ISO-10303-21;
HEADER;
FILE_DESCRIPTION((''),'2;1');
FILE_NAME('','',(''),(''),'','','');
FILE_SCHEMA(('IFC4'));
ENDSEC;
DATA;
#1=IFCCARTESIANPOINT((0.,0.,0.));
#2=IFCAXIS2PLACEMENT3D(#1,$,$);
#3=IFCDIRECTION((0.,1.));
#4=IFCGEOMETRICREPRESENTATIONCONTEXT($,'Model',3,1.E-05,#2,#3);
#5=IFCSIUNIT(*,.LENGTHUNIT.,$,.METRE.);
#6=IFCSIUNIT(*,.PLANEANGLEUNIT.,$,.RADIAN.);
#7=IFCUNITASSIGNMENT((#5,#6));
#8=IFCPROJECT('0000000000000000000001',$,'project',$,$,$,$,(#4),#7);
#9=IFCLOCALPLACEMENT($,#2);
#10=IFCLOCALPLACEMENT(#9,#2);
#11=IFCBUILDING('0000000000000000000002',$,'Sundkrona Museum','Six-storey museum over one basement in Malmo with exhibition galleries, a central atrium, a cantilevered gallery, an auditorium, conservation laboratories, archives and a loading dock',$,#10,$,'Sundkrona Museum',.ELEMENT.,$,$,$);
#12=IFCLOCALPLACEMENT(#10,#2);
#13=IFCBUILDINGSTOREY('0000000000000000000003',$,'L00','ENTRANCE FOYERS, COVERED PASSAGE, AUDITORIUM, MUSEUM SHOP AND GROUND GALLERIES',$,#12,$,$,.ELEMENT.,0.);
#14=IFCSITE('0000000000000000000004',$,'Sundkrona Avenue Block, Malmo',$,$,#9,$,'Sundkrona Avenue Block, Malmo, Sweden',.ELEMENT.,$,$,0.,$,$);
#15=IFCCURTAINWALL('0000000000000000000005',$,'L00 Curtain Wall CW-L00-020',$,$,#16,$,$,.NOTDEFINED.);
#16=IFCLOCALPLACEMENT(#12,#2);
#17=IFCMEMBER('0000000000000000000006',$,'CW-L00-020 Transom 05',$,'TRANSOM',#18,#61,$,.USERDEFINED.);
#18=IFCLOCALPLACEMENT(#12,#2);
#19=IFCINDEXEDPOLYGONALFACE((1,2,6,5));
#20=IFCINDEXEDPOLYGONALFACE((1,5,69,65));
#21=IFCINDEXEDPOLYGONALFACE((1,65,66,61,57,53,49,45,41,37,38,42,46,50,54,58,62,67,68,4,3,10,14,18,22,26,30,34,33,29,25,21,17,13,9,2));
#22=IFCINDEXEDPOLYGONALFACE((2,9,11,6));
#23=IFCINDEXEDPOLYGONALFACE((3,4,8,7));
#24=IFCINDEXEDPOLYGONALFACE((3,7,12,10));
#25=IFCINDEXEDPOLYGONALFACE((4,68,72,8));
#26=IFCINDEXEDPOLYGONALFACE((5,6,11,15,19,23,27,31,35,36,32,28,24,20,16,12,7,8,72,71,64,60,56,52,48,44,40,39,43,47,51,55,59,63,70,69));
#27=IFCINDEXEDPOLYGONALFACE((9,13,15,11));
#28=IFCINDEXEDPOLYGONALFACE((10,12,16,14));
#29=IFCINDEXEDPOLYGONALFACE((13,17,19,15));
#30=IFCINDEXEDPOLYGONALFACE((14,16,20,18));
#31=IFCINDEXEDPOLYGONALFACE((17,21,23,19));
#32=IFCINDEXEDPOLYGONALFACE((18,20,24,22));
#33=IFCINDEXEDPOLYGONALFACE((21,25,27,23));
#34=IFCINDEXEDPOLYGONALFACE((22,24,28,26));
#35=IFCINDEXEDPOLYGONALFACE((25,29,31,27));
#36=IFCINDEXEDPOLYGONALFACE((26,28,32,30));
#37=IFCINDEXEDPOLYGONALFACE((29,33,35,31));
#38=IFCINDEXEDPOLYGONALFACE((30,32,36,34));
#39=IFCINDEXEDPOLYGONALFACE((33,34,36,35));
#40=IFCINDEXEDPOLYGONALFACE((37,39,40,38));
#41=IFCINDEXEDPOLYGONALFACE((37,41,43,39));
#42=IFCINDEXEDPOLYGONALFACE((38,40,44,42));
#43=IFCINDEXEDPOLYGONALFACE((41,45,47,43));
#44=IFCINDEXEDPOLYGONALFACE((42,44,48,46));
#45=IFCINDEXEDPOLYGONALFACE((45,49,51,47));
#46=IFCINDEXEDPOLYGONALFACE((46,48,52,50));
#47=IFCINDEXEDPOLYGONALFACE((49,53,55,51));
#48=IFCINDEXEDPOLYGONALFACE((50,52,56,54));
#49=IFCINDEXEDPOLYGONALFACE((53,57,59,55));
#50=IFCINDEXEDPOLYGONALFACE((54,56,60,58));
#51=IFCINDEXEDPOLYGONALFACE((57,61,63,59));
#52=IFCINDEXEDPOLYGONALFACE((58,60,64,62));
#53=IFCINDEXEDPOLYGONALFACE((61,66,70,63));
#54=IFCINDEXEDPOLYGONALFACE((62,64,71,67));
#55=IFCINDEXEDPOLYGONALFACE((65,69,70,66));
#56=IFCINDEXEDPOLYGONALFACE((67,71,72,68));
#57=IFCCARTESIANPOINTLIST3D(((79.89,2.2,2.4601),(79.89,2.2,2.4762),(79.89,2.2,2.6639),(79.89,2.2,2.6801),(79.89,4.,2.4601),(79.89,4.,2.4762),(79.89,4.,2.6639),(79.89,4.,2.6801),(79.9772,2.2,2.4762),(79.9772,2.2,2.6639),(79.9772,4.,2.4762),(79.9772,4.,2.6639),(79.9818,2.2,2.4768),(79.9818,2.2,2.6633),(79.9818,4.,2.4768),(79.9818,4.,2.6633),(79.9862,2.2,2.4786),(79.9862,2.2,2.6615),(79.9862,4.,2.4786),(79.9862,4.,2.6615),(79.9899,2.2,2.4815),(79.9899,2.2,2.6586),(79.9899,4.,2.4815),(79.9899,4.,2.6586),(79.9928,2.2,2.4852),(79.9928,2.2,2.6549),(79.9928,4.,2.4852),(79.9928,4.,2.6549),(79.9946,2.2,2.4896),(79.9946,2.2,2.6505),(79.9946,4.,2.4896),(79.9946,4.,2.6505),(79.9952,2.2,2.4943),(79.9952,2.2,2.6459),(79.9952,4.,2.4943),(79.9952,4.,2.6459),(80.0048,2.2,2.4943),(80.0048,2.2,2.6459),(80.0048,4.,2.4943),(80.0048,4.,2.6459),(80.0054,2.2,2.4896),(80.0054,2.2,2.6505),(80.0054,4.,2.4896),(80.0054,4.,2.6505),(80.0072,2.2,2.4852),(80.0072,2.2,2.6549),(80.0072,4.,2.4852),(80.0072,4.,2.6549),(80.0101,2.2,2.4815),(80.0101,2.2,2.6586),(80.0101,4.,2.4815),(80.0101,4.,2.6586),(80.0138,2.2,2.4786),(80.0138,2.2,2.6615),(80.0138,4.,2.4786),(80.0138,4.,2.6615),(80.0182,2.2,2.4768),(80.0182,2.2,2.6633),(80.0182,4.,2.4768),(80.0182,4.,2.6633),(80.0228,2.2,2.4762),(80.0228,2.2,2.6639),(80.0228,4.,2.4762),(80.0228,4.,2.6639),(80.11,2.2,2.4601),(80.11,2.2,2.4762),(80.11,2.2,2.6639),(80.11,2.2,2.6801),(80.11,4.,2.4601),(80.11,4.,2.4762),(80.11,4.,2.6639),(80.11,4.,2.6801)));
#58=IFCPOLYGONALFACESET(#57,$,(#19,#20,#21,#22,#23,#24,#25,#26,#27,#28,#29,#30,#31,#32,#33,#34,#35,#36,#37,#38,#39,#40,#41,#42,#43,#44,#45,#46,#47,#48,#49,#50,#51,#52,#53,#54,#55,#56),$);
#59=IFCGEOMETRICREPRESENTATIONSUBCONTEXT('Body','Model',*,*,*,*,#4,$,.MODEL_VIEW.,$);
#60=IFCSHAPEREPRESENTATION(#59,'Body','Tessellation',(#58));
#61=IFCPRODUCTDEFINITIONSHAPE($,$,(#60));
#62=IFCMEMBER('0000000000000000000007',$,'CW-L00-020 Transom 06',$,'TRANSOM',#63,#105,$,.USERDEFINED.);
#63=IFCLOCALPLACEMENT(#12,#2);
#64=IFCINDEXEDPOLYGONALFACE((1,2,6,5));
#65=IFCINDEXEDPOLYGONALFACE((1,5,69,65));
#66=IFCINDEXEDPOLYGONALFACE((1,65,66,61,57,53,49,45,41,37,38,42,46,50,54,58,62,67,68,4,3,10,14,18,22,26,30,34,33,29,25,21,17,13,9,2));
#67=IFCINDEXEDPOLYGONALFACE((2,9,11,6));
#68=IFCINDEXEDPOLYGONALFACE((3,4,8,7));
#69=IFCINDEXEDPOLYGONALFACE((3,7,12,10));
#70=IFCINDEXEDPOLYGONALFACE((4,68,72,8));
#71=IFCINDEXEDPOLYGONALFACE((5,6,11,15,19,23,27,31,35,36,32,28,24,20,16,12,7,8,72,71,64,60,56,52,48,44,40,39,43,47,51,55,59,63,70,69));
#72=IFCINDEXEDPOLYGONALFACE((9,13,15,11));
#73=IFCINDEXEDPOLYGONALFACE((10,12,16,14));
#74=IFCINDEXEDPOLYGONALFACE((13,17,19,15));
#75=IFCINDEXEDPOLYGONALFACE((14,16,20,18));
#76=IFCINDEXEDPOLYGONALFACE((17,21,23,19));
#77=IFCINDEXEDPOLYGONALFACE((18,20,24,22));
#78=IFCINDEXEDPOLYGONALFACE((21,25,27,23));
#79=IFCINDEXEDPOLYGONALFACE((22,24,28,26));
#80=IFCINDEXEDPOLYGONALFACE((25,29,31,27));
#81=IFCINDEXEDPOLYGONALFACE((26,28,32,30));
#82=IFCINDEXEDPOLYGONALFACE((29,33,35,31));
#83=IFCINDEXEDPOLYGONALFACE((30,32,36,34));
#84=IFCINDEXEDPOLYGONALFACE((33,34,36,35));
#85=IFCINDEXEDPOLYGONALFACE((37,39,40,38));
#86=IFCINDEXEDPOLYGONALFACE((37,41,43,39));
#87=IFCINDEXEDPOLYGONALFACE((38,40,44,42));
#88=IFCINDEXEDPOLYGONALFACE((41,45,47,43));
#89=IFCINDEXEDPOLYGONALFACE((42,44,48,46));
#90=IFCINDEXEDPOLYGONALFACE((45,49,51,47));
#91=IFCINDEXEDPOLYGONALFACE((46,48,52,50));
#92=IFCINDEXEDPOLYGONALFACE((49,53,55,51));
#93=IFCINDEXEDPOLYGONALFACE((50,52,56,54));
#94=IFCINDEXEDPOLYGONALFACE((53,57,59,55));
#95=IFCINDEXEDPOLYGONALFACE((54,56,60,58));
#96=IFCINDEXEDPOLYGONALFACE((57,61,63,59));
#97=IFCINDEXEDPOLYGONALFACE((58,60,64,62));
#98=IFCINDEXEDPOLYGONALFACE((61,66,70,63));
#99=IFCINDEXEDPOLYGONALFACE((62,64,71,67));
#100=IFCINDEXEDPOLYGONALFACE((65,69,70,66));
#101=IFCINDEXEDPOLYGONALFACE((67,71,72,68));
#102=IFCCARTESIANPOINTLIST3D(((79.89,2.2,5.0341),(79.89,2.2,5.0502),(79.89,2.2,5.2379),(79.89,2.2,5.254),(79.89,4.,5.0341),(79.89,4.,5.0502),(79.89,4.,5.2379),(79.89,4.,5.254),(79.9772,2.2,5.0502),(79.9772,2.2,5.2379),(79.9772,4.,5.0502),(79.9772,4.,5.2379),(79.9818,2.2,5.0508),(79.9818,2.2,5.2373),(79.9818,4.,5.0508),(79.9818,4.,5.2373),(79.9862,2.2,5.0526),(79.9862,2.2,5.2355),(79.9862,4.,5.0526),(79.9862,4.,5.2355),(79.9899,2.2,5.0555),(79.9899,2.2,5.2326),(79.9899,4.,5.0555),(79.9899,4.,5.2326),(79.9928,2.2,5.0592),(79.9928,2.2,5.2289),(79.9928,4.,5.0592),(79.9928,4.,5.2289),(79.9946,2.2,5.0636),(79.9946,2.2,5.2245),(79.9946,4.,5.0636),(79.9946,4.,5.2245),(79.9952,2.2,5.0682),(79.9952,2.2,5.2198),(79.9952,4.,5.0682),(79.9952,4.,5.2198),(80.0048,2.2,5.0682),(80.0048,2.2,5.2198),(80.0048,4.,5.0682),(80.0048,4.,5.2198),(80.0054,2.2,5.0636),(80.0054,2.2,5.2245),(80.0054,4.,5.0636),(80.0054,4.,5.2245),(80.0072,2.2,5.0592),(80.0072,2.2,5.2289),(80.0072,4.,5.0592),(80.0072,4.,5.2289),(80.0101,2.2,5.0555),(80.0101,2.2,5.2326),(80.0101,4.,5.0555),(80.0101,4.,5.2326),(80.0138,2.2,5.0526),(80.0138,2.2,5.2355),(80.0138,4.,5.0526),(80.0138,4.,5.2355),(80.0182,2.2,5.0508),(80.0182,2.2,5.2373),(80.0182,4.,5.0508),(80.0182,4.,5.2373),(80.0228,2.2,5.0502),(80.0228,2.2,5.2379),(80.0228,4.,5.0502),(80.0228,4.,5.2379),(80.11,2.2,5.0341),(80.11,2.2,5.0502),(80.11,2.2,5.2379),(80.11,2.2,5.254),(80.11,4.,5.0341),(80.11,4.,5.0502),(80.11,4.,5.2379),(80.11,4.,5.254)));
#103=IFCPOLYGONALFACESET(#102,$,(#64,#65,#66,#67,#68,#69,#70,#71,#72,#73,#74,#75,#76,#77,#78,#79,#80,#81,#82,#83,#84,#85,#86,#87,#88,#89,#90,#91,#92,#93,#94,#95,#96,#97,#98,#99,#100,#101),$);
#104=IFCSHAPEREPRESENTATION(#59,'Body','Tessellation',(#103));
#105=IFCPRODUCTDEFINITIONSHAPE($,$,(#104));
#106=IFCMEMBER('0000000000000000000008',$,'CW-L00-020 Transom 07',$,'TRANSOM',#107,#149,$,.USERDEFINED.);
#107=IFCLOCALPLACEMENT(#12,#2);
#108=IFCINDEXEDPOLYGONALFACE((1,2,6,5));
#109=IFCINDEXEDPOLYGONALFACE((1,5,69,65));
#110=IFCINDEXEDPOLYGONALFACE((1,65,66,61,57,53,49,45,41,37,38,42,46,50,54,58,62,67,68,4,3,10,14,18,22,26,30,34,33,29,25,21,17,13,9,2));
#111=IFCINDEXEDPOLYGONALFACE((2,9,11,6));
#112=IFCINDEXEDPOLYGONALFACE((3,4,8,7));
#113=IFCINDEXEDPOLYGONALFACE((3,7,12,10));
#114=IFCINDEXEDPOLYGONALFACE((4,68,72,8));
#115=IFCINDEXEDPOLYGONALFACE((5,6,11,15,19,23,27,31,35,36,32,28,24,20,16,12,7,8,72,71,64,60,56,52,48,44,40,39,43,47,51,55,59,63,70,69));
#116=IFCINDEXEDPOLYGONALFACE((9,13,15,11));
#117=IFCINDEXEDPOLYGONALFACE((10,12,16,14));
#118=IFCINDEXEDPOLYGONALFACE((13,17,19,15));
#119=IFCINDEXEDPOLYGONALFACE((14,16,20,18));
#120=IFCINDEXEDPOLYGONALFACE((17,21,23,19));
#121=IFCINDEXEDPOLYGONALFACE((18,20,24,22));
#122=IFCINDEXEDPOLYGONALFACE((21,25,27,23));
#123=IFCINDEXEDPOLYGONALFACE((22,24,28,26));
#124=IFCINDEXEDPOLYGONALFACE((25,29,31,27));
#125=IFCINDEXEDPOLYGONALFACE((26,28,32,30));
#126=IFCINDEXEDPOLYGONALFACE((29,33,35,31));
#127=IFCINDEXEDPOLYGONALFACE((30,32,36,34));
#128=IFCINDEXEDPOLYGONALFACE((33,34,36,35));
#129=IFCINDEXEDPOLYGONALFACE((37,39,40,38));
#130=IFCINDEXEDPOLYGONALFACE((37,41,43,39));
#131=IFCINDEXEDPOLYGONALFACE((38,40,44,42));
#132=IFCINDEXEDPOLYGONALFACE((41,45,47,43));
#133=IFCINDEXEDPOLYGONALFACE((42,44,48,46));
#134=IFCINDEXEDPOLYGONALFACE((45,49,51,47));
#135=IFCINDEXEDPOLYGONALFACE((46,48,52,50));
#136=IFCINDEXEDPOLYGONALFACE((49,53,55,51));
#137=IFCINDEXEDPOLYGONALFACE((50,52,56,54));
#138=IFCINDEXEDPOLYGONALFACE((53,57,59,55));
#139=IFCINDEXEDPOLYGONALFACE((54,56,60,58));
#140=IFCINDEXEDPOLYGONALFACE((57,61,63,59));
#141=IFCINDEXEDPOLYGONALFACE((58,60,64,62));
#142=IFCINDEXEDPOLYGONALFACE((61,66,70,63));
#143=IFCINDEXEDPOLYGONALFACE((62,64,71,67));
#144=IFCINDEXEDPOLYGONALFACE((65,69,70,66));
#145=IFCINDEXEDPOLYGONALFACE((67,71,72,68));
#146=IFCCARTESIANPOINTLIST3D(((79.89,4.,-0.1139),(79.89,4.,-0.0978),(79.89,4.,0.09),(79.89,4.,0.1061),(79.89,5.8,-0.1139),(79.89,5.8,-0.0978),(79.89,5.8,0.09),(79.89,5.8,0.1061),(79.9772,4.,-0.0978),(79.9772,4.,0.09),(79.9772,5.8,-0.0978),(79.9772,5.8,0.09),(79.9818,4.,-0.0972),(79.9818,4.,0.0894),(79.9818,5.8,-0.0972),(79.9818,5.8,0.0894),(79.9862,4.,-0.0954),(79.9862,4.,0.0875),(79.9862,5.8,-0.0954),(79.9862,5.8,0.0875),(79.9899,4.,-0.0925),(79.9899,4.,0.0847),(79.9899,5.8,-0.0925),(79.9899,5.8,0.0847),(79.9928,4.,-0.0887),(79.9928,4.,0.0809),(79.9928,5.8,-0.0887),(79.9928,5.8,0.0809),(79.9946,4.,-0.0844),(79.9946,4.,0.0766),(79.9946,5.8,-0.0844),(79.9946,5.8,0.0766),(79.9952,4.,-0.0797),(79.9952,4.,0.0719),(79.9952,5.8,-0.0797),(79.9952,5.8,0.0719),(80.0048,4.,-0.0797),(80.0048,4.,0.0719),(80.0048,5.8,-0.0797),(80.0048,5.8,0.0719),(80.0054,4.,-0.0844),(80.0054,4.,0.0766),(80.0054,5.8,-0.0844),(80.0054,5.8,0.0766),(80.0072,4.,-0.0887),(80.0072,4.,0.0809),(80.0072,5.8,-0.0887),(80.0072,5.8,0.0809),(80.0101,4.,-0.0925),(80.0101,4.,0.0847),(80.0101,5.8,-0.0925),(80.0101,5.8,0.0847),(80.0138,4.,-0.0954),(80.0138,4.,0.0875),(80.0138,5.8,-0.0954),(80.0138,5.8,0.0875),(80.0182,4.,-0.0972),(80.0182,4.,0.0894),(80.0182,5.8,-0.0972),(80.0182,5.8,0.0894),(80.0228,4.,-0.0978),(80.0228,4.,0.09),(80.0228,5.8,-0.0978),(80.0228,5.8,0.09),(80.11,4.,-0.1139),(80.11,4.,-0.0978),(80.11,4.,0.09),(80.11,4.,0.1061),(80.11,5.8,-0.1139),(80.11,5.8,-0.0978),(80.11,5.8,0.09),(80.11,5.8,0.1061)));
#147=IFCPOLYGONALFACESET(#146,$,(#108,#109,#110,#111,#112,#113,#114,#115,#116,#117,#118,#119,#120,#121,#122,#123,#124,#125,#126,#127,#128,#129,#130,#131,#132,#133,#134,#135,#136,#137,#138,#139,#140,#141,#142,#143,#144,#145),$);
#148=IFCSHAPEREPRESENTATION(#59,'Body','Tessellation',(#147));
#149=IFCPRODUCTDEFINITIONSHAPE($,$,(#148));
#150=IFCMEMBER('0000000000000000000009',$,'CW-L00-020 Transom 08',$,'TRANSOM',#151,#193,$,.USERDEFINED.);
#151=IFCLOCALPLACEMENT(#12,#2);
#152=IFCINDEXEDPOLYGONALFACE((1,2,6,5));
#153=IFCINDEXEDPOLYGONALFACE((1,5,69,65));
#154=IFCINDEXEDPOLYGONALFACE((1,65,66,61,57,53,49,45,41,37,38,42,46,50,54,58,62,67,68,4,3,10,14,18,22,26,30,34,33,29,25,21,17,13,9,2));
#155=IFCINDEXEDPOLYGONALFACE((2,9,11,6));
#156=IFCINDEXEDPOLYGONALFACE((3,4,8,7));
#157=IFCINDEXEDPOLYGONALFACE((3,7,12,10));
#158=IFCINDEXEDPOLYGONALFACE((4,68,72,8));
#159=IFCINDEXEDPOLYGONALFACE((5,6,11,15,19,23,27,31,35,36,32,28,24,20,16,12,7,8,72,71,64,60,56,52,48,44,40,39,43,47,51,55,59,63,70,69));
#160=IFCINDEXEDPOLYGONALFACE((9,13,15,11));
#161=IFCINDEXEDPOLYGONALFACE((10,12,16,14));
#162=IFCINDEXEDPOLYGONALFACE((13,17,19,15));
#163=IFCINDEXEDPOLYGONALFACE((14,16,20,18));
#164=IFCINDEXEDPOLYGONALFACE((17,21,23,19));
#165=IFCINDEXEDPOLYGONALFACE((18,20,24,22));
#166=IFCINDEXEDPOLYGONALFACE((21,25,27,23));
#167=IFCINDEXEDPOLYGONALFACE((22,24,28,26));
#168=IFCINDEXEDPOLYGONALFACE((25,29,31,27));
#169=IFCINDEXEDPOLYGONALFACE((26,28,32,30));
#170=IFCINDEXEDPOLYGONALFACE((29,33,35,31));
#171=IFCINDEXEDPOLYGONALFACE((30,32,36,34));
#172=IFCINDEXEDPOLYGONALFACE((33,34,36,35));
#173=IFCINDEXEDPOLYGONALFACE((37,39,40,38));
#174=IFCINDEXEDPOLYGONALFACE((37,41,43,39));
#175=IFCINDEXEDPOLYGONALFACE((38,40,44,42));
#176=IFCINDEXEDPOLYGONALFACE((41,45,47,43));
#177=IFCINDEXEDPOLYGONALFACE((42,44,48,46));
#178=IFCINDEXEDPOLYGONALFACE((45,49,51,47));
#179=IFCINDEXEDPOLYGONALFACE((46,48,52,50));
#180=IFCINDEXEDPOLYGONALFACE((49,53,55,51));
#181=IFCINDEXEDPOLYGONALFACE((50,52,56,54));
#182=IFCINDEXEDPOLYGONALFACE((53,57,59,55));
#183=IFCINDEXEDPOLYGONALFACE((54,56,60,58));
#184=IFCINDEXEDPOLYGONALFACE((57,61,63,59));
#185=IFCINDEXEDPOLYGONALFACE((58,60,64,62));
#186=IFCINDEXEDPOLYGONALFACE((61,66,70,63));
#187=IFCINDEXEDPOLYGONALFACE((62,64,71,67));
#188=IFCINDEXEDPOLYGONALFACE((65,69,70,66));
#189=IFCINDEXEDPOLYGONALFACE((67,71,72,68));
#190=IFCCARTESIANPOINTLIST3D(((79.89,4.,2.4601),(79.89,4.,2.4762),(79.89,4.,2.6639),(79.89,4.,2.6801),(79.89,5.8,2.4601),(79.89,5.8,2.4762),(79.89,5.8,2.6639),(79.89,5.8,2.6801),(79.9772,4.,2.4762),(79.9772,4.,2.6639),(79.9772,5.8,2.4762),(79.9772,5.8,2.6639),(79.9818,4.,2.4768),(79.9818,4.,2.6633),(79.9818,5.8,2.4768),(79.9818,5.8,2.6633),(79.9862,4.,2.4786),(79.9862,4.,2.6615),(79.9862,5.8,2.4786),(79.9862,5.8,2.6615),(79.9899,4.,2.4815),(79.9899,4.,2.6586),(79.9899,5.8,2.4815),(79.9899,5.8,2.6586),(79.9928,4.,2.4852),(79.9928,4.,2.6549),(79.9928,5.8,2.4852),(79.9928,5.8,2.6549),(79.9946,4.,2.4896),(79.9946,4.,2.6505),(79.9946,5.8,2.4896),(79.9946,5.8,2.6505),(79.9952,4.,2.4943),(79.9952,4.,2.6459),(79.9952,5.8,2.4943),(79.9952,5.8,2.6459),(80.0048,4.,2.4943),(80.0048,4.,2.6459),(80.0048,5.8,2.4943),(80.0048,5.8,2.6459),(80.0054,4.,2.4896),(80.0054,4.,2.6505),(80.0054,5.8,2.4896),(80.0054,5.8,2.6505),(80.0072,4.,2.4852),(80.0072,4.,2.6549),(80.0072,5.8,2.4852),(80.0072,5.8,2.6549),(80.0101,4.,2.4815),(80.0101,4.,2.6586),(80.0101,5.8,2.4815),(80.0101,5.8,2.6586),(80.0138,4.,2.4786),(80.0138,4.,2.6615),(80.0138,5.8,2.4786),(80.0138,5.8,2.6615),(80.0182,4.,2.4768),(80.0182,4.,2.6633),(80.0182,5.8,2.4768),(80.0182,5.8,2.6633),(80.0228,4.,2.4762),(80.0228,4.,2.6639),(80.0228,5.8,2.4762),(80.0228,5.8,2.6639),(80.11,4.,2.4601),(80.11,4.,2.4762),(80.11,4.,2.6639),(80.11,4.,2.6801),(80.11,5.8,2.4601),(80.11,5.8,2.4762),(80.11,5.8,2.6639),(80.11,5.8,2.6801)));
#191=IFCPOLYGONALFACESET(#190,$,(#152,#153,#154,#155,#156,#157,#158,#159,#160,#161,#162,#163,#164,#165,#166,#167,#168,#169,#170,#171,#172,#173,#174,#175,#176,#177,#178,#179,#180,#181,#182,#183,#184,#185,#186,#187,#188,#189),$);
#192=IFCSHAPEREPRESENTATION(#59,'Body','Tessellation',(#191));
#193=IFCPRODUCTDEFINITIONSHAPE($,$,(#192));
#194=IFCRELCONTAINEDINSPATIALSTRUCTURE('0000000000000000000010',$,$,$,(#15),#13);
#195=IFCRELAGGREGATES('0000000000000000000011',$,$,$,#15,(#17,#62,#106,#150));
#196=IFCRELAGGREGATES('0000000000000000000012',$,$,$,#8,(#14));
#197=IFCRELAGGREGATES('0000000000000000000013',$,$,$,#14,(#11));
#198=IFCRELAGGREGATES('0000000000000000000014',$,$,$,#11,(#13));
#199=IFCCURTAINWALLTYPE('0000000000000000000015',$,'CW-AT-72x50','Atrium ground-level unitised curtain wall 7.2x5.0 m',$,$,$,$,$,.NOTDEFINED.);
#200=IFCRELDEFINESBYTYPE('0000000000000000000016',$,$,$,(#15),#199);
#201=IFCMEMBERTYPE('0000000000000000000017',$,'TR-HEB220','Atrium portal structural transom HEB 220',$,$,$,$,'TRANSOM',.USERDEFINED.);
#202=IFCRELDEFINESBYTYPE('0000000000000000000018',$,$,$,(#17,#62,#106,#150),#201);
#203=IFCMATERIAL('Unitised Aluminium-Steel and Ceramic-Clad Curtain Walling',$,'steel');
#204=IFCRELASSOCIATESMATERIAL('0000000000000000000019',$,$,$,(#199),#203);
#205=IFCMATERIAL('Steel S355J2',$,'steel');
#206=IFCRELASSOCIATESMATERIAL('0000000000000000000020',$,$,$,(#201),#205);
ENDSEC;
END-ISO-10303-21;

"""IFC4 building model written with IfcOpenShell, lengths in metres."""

from ifc_helpers import new_model, si_unit, direction, frame, origin, origin_2d, place, context, subcontext, project, spatial, i_section, extrude, material, material_profile, profile_set, type_object, element, aggregate, save


model = new_model("IFC4")

# Units and contexts
model_context = context("Model", 3, precision=1e-05, world=origin(), true_north=direction((0.0, 1.0)))
body_context = subcontext(model_context, "Body", "Model", "MODEL_VIEW")
ifc_project = project(units=[si_unit("LENGTHUNIT", "METRE"), si_unit("PLANEANGLEUNIT", "RADIAN")], contexts=[model_context])

# Site, building, storey
site_placement = place(None, origin())
site = spatial("IfcSite", under=ifc_project, at=site_placement, Name="Sundkrona Avenue Block, Malmo", LongName="Sundkrona Avenue Block, Malmo, Sweden", CompositionType="ELEMENT", RefElevation=0.0)
building_placement = place(site_placement, origin())
building = spatial("IfcBuilding", under=site, at=building_placement, Name="Sundkrona Museum", Description="Six-storey museum over one basement in Malmo with exhibition galleries, a central atrium, a cantilevered gallery, an auditorium, conservation laboratories, archives and a loading dock", LongName="Sundkrona Museum", CompositionType="ELEMENT")
storey_placement = place(building_placement, origin())
storey = spatial("IfcBuildingStorey", under=building, at=storey_placement, Name="L00", Description="ENTRANCE FOYERS, COVERED PASSAGE, AUDITORIUM, MUSEUM SHOP AND GROUND GALLERIES", CompositionType="ELEMENT", Elevation=0.0)

# Shared definitions
ifc_material_1 = material(Name="Steel S355J2", Category="steel")

# Curtain wall
ifc_material_2 = material(Name="Unitised Aluminium-Steel and Ceramic-Clad Curtain Walling", Category="steel")
curtain_wall_type = type_object("IfcCurtainWallType", Name="CW-AT-72x50", Description="Atrium ground-level unitised curtain wall 7.2x5.0 m", PredefinedType="NOTDEFINED", material=ifc_material_2)
curtain_wall_1_placement = place(storey_placement, origin())
curtain_wall_1 = element("IfcCurtainWall", 1, at=curtain_wall_1_placement, inside=storey, type_object=curtain_wall_type, Name="L00 Curtain Wall CW-L00-020", PredefinedType="NOTDEFINED")

# Members
ifc_material_profile_1 = material_profile(ifc_material_1, i_section(OverallWidth=0.22, OverallDepth=0.22, WebThickness=0.0095, FlangeThickness=0.0161, FilletRadius=0.0181, at=origin_2d()), Name="HEB 220")
ifc_profile_set_1 = profile_set([ifc_material_profile_1], Name="Steel S355J2")
member_type_1 = type_object("IfcMemberType", Name="TR-HEB220", Description="Atrium portal structural transom HEB 220", ElementType="TRANSOM", PredefinedType="USERDEFINED", material=ifc_profile_set_1)
member_1_placement = place(storey_placement, frame((80.0, 2.2, 2.5701), z_axis=(0.0, 1.0, 0.0), x_axis=(-1.0, 0.0, 0.0)))
member_1 = element("IfcMember", 2, at=member_1_placement, type_object=member_type_1, Name="CW-L00-020 Transom 05", ObjectType="TRANSOM", PredefinedType="USERDEFINED", context=body_context, shape_type="SweptSolid", body=[
    extrude(i_section(OverallWidth=0.22, OverallDepth=0.22, WebThickness=0.0095, FlangeThickness=0.0161, FilletRadius=0.0181, at=origin_2d()), origin(), (0.0, 0.0, 1.0), 1.8),
])
member_2_placement = place(storey_placement, frame((80.0, 2.2, 5.144), z_axis=(0.0, 1.0, 0.0), x_axis=(-1.0, 0.0, 0.0)))
member_2 = element("IfcMember", 3, at=member_2_placement, type_object=member_type_1, Name="CW-L00-020 Transom 06", ObjectType="TRANSOM", PredefinedType="USERDEFINED", context=body_context, shape_type="SweptSolid", body=[
    extrude(i_section(OverallWidth=0.22, OverallDepth=0.22, WebThickness=0.0095, FlangeThickness=0.0161, FilletRadius=0.0181, at=origin_2d()), origin(), (0.0, 0.0, 1.0), 1.8),
])
member_3_placement = place(storey_placement, frame((80.0, 4.0, -0.0039), z_axis=(0.0, 1.0, 0.0), x_axis=(-1.0, 0.0, 0.0)))
member_3 = element("IfcMember", 4, at=member_3_placement, type_object=member_type_1, Name="CW-L00-020 Transom 07", ObjectType="TRANSOM", PredefinedType="USERDEFINED", context=body_context, shape_type="SweptSolid", body=[
    extrude(i_section(OverallWidth=0.22, OverallDepth=0.22, WebThickness=0.0095, FlangeThickness=0.0161, FilletRadius=0.0181, at=origin_2d()), origin(), (0.0, 0.0, 1.0), 1.8),
])
member_4_placement = place(storey_placement, frame((80.0, 4.0, 2.5701), z_axis=(0.0, 1.0, 0.0), x_axis=(-1.0, 0.0, 0.0)))
member_4 = element("IfcMember", 5, at=member_4_placement, type_object=member_type_1, Name="CW-L00-020 Transom 08", ObjectType="TRANSOM", PredefinedType="USERDEFINED", context=body_context, shape_type="SweptSolid", body=[
    extrude(i_section(OverallWidth=0.22, OverallDepth=0.22, WebThickness=0.0095, FlangeThickness=0.0161, FilletRadius=0.0181, at=origin_2d()), origin(), (0.0, 0.0, 1.0), 1.8),
])

aggregate(curtain_wall_1, [member_1, member_2, member_3, member_4])

save(model, "model.ifc")
